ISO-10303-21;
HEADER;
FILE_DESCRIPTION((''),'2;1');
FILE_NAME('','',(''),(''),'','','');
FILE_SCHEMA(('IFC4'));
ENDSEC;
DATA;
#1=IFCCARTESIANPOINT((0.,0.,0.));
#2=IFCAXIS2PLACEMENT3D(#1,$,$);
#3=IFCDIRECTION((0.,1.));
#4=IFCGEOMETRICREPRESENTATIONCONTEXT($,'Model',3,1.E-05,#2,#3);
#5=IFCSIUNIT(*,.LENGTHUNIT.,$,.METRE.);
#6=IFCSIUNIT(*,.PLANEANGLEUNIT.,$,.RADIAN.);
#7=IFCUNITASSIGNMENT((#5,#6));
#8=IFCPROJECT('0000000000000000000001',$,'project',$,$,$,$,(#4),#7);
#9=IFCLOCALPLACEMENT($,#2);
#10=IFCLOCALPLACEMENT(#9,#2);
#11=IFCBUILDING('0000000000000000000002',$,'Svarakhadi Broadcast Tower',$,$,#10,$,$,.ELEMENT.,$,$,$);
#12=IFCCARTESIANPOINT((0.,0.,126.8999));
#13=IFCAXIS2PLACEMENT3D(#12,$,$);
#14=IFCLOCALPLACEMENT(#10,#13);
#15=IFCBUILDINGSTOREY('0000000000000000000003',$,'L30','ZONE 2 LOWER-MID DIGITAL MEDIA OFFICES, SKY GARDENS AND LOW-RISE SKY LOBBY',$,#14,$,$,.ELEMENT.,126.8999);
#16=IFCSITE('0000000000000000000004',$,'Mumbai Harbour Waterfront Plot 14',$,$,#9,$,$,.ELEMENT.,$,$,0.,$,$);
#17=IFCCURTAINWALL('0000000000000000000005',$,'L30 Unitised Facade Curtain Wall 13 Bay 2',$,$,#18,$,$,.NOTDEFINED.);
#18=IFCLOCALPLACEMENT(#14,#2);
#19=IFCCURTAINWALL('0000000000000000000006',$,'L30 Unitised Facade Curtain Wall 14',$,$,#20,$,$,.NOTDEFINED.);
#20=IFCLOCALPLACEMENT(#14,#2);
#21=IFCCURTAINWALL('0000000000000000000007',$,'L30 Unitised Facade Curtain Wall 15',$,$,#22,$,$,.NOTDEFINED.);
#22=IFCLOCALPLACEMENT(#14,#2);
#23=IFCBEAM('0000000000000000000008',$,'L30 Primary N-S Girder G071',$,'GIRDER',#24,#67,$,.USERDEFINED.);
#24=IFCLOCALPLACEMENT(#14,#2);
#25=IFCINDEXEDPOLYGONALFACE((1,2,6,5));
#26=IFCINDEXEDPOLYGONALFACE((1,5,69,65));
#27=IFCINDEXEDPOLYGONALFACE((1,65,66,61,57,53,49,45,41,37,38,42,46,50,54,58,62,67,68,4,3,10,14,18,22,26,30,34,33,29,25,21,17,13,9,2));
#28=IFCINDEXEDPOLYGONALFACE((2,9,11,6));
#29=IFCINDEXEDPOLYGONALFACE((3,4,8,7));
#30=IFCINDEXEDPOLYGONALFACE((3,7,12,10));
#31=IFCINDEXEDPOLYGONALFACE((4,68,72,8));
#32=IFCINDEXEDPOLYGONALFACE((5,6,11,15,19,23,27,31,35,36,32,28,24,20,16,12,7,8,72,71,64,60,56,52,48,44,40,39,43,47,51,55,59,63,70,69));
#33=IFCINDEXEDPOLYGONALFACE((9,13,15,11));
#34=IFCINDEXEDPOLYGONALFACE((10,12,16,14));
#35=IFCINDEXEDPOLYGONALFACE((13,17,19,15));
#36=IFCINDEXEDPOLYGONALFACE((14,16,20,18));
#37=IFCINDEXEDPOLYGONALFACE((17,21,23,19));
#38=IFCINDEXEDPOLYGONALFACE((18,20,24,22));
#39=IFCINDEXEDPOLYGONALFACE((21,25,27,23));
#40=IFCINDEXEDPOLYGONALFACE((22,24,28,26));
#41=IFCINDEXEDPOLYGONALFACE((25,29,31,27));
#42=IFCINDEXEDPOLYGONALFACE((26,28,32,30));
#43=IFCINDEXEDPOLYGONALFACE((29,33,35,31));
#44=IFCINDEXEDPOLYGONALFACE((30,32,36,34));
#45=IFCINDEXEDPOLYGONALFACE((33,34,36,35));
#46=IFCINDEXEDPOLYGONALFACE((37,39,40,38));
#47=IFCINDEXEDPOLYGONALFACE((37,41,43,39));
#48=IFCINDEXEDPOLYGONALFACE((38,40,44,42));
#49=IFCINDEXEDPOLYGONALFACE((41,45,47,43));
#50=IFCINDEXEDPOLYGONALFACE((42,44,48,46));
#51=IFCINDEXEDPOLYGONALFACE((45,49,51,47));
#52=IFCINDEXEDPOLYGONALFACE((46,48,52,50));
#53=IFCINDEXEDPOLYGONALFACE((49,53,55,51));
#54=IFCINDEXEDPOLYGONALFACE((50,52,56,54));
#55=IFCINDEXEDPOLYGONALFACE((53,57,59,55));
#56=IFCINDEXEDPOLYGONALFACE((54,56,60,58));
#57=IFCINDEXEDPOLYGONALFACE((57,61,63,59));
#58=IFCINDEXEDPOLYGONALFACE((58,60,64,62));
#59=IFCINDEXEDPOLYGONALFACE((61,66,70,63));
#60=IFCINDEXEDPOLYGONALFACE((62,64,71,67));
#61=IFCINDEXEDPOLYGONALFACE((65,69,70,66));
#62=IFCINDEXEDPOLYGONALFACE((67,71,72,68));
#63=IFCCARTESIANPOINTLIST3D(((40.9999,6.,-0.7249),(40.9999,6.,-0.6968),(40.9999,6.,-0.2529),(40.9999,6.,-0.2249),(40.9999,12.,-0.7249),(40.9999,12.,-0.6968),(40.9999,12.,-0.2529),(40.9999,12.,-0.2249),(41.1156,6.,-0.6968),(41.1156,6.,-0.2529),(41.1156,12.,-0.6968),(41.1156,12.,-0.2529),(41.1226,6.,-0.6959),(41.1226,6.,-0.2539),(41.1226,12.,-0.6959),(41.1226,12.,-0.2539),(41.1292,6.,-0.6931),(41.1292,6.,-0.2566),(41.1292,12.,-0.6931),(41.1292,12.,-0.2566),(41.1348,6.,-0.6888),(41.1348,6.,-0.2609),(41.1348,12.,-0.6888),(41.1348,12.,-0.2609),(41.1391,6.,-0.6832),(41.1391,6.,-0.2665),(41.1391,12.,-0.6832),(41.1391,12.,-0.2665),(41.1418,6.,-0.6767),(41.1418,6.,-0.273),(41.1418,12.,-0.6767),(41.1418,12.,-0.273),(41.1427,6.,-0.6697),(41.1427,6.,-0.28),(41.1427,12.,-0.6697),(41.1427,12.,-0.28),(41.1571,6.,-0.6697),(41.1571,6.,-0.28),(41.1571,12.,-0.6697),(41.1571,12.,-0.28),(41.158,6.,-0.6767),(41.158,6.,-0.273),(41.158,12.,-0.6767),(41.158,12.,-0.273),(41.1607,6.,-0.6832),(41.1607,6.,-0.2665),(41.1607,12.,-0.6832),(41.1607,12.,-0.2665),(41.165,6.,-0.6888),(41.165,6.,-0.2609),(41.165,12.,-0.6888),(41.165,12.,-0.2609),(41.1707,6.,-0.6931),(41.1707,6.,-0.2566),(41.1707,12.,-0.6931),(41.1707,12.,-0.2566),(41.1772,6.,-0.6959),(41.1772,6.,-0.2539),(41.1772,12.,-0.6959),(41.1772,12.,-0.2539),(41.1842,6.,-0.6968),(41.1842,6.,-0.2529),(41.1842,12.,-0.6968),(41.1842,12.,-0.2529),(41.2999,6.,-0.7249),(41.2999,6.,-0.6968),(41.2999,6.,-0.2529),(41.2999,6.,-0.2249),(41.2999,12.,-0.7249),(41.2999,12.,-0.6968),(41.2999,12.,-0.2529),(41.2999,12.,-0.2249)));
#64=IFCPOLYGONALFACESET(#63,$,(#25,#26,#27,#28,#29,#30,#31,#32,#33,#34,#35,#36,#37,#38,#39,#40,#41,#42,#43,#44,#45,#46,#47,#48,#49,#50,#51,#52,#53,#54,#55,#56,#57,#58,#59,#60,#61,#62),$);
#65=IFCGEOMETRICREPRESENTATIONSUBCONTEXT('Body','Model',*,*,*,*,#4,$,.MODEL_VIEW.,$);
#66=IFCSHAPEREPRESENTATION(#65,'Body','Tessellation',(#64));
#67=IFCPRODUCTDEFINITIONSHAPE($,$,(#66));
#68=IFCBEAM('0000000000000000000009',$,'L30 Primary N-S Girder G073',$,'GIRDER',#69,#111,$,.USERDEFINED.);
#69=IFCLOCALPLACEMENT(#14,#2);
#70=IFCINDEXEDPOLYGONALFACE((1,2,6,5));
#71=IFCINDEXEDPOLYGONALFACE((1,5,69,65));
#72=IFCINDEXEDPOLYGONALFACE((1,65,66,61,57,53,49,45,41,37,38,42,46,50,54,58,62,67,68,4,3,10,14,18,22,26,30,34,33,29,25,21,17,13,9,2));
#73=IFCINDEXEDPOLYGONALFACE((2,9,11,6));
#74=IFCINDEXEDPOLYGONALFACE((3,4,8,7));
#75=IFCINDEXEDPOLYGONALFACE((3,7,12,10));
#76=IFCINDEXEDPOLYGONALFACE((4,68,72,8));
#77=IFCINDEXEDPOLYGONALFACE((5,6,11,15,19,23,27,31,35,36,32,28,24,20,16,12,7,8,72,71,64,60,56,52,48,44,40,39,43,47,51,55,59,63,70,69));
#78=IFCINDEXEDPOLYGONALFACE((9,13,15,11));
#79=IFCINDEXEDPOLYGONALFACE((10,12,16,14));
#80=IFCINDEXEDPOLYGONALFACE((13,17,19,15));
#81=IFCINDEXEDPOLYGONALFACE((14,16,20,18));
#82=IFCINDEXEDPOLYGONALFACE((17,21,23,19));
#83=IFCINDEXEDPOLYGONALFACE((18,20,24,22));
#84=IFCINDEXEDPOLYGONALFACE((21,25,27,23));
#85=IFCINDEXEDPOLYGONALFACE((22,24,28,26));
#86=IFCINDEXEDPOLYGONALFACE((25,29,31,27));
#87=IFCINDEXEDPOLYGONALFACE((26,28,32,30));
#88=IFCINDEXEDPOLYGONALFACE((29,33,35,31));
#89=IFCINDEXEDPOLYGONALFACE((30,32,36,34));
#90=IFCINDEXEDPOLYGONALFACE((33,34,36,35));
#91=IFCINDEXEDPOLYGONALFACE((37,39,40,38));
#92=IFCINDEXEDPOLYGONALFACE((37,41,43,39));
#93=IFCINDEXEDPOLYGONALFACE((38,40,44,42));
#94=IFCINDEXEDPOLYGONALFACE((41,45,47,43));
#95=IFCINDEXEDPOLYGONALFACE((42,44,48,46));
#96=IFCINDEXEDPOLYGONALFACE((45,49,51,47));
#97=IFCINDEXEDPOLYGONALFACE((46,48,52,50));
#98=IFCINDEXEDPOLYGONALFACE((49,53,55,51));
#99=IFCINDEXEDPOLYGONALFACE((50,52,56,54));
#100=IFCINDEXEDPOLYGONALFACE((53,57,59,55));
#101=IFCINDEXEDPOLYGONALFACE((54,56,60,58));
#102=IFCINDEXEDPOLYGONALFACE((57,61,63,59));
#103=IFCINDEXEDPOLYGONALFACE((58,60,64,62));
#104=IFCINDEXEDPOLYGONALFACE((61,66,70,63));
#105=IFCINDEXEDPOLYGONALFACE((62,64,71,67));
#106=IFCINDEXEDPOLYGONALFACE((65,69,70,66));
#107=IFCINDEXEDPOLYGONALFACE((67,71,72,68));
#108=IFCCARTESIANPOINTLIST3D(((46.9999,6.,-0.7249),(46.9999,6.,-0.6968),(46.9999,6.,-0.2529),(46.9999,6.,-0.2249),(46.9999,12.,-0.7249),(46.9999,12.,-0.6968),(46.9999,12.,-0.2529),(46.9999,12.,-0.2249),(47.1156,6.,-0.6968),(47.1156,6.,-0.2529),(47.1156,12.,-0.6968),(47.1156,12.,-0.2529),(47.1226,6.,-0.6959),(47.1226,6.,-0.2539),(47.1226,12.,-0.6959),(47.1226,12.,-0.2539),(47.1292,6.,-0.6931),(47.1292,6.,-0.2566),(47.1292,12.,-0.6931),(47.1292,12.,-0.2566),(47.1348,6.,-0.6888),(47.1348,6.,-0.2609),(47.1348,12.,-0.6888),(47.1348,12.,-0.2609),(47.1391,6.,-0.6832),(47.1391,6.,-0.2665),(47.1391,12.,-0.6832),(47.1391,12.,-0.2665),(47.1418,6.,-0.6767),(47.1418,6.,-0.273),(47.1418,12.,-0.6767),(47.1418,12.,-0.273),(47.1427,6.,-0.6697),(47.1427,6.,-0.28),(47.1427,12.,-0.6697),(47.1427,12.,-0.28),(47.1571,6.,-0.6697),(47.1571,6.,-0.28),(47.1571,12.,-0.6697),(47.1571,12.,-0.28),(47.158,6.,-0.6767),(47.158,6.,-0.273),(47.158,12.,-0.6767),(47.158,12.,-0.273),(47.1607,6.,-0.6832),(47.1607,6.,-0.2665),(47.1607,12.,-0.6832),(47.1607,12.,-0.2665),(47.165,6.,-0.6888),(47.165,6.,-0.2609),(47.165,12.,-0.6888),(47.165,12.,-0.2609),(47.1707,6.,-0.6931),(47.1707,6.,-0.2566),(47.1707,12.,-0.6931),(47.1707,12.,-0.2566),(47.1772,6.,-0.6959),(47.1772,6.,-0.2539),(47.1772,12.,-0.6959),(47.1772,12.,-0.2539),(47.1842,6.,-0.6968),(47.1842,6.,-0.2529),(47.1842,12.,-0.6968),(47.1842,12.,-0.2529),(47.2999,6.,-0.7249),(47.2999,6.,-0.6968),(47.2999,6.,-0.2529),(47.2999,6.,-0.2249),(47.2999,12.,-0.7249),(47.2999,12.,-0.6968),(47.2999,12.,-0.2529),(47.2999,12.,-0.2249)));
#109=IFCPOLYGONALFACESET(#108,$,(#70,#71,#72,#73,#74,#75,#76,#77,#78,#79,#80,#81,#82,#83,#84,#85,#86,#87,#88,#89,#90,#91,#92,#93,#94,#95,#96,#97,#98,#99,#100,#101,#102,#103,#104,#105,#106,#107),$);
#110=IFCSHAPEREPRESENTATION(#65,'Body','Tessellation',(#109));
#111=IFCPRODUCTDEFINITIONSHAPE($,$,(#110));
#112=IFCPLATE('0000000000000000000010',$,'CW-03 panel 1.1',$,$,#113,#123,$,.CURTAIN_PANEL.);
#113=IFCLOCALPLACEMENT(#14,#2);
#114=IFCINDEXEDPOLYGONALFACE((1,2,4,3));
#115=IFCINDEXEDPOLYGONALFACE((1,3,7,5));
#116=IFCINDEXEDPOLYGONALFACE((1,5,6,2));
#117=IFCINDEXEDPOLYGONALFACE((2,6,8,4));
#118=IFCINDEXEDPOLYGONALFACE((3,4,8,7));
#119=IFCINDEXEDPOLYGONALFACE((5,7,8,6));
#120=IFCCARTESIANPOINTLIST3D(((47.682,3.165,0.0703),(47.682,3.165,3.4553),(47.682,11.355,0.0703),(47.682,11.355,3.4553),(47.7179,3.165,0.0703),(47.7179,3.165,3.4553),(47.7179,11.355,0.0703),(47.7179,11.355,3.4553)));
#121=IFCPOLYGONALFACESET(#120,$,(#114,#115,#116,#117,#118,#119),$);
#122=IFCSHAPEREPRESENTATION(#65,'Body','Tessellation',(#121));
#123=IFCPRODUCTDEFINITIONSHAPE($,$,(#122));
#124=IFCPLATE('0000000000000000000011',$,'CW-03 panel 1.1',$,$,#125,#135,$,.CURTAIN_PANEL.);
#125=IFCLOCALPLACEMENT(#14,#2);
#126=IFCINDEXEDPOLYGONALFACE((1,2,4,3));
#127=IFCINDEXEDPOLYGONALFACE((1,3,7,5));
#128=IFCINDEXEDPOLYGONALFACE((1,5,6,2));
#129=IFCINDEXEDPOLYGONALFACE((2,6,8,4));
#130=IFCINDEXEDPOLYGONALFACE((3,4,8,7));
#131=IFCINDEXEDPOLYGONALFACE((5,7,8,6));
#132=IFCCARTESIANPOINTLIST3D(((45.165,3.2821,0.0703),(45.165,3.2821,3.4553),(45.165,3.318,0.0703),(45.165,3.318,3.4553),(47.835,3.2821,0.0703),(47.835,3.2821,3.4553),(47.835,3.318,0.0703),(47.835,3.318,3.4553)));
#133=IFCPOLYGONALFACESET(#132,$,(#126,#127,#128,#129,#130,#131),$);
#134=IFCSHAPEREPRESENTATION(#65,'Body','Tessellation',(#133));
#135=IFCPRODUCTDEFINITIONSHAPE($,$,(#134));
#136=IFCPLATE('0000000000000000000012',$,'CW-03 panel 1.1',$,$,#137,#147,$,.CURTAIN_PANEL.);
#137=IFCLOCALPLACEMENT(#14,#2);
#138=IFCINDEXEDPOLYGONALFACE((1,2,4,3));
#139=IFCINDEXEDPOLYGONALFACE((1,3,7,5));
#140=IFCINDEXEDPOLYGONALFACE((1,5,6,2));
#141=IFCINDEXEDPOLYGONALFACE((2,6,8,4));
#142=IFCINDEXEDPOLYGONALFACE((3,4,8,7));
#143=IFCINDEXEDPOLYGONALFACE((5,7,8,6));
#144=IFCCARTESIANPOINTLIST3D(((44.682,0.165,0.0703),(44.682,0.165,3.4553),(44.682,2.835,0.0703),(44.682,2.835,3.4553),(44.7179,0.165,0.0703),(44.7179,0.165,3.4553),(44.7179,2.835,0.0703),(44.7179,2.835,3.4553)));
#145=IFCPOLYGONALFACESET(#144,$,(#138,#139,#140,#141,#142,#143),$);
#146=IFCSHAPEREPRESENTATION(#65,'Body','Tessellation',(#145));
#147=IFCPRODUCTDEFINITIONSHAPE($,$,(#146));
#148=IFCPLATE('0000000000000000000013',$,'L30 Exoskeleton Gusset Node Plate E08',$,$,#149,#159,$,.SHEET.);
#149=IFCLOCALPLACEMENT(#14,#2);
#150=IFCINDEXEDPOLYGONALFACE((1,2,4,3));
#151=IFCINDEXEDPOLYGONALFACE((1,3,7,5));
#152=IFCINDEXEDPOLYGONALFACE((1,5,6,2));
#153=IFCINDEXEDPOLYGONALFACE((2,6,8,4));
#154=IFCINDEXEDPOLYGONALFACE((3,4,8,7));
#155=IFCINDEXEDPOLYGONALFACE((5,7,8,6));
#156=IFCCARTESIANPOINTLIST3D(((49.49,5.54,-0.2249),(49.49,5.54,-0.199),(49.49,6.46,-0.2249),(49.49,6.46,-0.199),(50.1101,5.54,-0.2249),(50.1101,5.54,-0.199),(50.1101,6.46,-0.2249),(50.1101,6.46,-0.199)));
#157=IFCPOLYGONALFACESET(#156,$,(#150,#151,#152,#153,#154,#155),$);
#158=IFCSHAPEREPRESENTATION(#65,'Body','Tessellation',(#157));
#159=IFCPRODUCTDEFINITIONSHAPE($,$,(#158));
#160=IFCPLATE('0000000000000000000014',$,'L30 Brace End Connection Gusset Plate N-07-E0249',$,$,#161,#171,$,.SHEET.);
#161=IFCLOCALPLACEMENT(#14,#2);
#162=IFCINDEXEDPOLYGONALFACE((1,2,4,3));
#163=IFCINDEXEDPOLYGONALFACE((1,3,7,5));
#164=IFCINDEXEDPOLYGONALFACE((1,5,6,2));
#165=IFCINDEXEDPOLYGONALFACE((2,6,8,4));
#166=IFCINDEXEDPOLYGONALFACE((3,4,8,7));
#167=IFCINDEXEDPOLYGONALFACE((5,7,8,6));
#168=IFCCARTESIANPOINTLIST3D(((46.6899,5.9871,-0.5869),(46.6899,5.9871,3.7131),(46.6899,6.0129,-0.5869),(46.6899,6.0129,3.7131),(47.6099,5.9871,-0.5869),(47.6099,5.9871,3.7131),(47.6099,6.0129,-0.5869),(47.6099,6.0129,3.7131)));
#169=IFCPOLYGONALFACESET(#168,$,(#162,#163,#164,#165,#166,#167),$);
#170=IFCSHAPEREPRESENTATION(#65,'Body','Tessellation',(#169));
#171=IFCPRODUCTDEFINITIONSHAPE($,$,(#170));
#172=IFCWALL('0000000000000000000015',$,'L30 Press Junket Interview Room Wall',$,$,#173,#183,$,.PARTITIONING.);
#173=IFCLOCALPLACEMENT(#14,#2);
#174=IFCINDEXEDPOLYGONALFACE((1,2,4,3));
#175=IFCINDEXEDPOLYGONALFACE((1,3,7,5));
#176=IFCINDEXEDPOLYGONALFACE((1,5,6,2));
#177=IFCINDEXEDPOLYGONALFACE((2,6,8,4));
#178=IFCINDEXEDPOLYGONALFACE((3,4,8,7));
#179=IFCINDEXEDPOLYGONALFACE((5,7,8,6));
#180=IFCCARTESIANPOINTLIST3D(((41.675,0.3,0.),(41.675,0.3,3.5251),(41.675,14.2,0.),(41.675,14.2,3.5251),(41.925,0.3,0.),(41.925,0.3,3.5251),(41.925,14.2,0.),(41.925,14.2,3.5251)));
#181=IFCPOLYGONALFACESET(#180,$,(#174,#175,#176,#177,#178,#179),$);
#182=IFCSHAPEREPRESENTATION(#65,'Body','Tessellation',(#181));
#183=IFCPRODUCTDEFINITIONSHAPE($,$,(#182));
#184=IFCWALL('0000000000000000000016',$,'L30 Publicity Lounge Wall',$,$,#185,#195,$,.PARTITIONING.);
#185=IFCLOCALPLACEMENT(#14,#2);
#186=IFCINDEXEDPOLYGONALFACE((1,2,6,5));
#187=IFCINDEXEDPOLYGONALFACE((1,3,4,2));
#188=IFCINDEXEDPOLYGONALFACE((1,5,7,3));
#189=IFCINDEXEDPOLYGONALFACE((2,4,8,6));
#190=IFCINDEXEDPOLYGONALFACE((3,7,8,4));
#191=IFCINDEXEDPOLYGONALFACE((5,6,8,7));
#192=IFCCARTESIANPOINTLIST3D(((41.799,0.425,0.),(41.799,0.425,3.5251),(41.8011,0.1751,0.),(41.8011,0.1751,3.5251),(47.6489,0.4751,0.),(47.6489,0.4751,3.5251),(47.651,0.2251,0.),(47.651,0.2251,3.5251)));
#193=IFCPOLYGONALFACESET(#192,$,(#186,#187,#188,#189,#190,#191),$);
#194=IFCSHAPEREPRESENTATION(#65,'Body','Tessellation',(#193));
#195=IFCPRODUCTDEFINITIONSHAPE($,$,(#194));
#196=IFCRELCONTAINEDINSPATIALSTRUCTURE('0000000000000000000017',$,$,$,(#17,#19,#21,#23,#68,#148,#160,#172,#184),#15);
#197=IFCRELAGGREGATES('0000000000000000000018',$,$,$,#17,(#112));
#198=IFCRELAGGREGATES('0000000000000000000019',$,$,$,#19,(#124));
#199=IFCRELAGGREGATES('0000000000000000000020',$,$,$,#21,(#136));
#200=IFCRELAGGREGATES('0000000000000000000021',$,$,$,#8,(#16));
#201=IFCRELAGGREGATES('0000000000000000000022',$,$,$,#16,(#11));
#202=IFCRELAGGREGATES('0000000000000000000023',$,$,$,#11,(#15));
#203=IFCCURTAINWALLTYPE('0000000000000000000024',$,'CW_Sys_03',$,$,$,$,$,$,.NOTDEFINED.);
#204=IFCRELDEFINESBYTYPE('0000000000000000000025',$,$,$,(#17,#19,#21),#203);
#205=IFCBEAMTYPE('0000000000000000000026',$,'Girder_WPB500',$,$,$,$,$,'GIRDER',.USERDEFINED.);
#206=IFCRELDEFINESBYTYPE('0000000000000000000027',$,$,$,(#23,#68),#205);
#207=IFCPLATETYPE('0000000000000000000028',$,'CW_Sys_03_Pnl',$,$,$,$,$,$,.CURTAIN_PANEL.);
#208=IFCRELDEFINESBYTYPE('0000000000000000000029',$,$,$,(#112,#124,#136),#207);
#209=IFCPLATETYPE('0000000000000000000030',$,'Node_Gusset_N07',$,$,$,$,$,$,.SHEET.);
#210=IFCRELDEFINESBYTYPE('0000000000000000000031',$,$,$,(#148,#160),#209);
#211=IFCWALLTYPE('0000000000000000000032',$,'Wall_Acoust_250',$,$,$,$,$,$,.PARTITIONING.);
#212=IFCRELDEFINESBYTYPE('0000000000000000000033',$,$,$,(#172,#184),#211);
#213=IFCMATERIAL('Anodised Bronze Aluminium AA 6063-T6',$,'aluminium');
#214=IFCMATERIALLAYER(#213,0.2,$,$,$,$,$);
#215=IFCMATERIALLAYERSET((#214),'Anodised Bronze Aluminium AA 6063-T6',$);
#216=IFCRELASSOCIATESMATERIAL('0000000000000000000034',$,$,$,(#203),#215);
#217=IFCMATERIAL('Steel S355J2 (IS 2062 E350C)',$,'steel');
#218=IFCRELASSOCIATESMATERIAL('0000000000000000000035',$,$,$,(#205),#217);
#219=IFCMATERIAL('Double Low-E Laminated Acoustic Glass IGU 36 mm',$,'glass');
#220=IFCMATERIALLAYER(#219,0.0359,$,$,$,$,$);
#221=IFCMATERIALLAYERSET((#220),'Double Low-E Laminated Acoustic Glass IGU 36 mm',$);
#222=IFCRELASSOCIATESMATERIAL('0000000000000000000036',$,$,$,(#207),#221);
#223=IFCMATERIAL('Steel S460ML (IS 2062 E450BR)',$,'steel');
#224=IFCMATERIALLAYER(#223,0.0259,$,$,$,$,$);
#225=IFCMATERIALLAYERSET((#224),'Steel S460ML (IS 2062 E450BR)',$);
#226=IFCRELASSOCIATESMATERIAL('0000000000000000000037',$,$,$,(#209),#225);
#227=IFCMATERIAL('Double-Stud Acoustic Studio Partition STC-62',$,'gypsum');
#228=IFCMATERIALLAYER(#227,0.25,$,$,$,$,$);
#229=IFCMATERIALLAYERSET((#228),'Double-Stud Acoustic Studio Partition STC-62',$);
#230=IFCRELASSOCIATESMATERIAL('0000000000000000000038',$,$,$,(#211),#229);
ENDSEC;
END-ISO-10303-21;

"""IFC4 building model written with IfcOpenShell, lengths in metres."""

from ifc_helpers import new_model, si_unit, direction, frame, frame_2d, origin, origin_2d, place, context, subcontext, project, spatial, rectangle, i_section, extrude, material, layer, layer_set, material_profile, profile_set, type_object, element, aggregate, save


model = new_model("IFC4")

# Units and contexts
model_context = context("Model", 3, precision=1e-05, world=origin(), true_north=direction((0.0, 1.0)))
body_context = subcontext(model_context, "Body", "Model", "MODEL_VIEW")
ifc_project = project(units=[si_unit("LENGTHUNIT", "METRE"), si_unit("PLANEANGLEUNIT", "RADIAN")], contexts=[model_context])

# Site, building, storey
site_placement = place(None, origin())
site = spatial("IfcSite", under=ifc_project, at=site_placement, Name="Mumbai Harbour Waterfront Plot 14", CompositionType="ELEMENT", RefElevation=0.0)
building_placement = place(site_placement, origin())
building = spatial("IfcBuilding", under=site, at=building_placement, Name="Svarakhadi Broadcast Tower", CompositionType="ELEMENT")
storey_placement = place(building_placement, frame((0.0, 0.0, 126.8999)))
storey = spatial("IfcBuildingStorey", under=building, at=storey_placement, Name="L30", Description="ZONE 2 LOWER-MID DIGITAL MEDIA OFFICES, SKY GARDENS AND LOW-RISE SKY LOBBY", CompositionType="ELEMENT", Elevation=126.8999)

# Shared definitions
ifc_material_1 = material(Name="Steel S460ML (IS 2062 E450BR)", Category="steel")

# Shared definitions
ifc_material_2 = material(Name="Steel S355J2 (IS 2062 E350C)", Category="steel")

# Curtain walls
ifc_material_3 = material(Name="Anodised Bronze Aluminium AA 6063-T6", Category="aluminium")
ifc_layer_1 = layer(ifc_material_3, 0.2)
ifc_layer_set_1 = layer_set([ifc_layer_1], Name="Anodised Bronze Aluminium AA 6063-T6")
curtain_wall_type = type_object("IfcCurtainWallType", Name="CW_Sys_03", PredefinedType="NOTDEFINED", material=ifc_layer_set_1)
curtain_wall_1_placement = place(storey_placement, origin())
curtain_wall_1 = element("IfcCurtainWall", 1, at=curtain_wall_1_placement, inside=storey, type_object=curtain_wall_type, Name="L30 Unitised Facade Curtain Wall 13 Bay 2", PredefinedType="NOTDEFINED")
curtain_wall_2_placement = place(storey_placement, origin())
curtain_wall_2 = element("IfcCurtainWall", 2, at=curtain_wall_2_placement, inside=storey, type_object=curtain_wall_type, Name="L30 Unitised Facade Curtain Wall 14", PredefinedType="NOTDEFINED")
curtain_wall_3_placement = place(storey_placement, origin())
curtain_wall_3 = element("IfcCurtainWall", 3, at=curtain_wall_3_placement, inside=storey, type_object=curtain_wall_type, Name="L30 Unitised Facade Curtain Wall 15", PredefinedType="NOTDEFINED")

# Beams
ifc_material_profile_1 = material_profile(ifc_material_2, i_section(OverallWidth=0.3, OverallDepth=0.5, WebThickness=0.0144, FlangeThickness=0.0281, FilletRadius=0.0271, at=origin_2d()), Name="WPB 500x300x187")
ifc_profile_set_1 = profile_set([ifc_material_profile_1], Name="Steel S355J2 (IS 2062 E350C)")
beam_type_1 = type_object("IfcBeamType", Name="Girder_WPB500", ElementType="GIRDER", PredefinedType="USERDEFINED", material=ifc_profile_set_1)
for number, where, z_axis, x_axis, name in (
    (4, (41.1499, 6.0, -0.4749), (0.0, 1.0, 0.0), (-1.0, 0.0, 0.0), "L30 Primary N-S Girder G071"),
    (5, (47.1499, 6.0, -0.4749), (0.0, 1.0, 0.0), (-1.0, 0.0, 0.0), "L30 Primary N-S Girder G073"),
):
    element("IfcBeam", number, at=place(storey_placement, frame(where, z_axis=z_axis, x_axis=x_axis)), inside=storey, type_object=beam_type_1, Name=name, ObjectType="GIRDER", PredefinedType="USERDEFINED", context=body_context, shape_type="SweptSolid", body=[
        extrude(i_section(OverallWidth=0.3, OverallDepth=0.5, WebThickness=0.0144, FlangeThickness=0.0281, FilletRadius=0.0271, at=origin_2d()), origin(), (0.0, 0.0, 1.0), 6.0),
    ])

# Plates
ifc_material_4 = material(Name="Double Low-E Laminated Acoustic Glass IGU 36 mm", Category="glass")
ifc_layer_2 = layer(ifc_material_4, 0.0359)
ifc_layer_set_2 = layer_set([ifc_layer_2], Name="Double Low-E Laminated Acoustic Glass IGU 36 mm")
plate_type_1 = type_object("IfcPlateType", Name="CW_Sys_03_Pnl", PredefinedType="CURTAIN_PANEL", material=ifc_layer_set_2)
plate_1_placement = place(storey_placement, frame((47.7, 7.26, 0.0703), z_axis=(0.0, 0.0, 1.0), x_axis=(0.0, -1.0, 0.0)))
plate_1 = element("IfcPlate", 6, at=plate_1_placement, type_object=plate_type_1, Name="CW-03 panel 1.1", PredefinedType="CURTAIN_PANEL", context=body_context, shape_type="SweptSolid", body=[
    extrude(rectangle(XDim=8.1899, YDim=0.0359, at=origin_2d()), origin(), (0.0, 0.0, 1.0), 3.385),
])
aggregate(curtain_wall_1, [plate_1])
plate_2_placement = place(storey_placement, frame((46.5, 3.3, 0.0703), z_axis=(0.0, 0.0, 1.0), x_axis=(-1.0, 0.0, 0.0)))
plate_2 = element("IfcPlate", 7, at=plate_2_placement, type_object=plate_type_1, Name="CW-03 panel 1.1", PredefinedType="CURTAIN_PANEL", context=body_context, shape_type="SweptSolid", body=[
    extrude(rectangle(XDim=2.6699, YDim=0.0359, at=origin_2d()), origin(), (0.0, 0.0, 1.0), 3.385),
])
aggregate(curtain_wall_2, [plate_2])
plate_3_placement = place(storey_placement, frame((44.7, 1.5, 0.0703), z_axis=(0.0, 0.0, 1.0), x_axis=(0.0, -1.0, 0.0)))
plate_3 = element("IfcPlate", 8, at=plate_3_placement, type_object=plate_type_1, Name="CW-03 panel 1.1", PredefinedType="CURTAIN_PANEL", context=body_context, shape_type="SweptSolid", body=[
    extrude(rectangle(XDim=2.6699, YDim=0.0359, at=origin_2d()), origin(), (0.0, 0.0, 1.0), 3.385),
])
aggregate(curtain_wall_3, [plate_3])

# Plates
ifc_layer_3 = layer(ifc_material_1, 0.0259)
ifc_layer_set_3 = layer_set([ifc_layer_3], Name="Steel S460ML (IS 2062 E450BR)")
plate_type_2 = type_object("IfcPlateType", Name="Node_Gusset_N07", PredefinedType="SHEET", material=ifc_layer_set_3)
plate_4_placement = place(storey_placement, frame((49.8, 6.0, -0.2249), z_axis=(0.0, 0.0, 1.0), x_axis=(0.0, 1.0, 0.0)))
element("IfcPlate", 9, at=plate_4_placement, inside=storey, type_object=plate_type_2, Name="L30 Exoskeleton Gusset Node Plate E08", PredefinedType="SHEET", context=body_context, shape_type="SweptSolid", body=[
    extrude(rectangle(XDim=0.9199, YDim=0.6201, at=origin_2d()), origin(), (0.0, 0.0, 1.0), 0.0259),
])
plate_5_placement = place(storey_placement, frame((47.1499, 6.0, -0.5869), z_axis=(0.0, 0.0, 1.0), x_axis=(1.0, 0.0, 0.0)))
element("IfcPlate", 10, at=plate_5_placement, inside=storey, type_object=plate_type_2, Name="L30 Brace End Connection Gusset Plate N-07-E0249", PredefinedType="SHEET", context=body_context, shape_type="SweptSolid", body=[
    extrude(rectangle(XDim=0.9199, YDim=0.0259, at=origin_2d()), origin(), (0.0, 0.0, 1.0), 4.3),
])

# Walls
ifc_material_5 = material(Name="Double-Stud Acoustic Studio Partition STC-62", Category="gypsum")
ifc_layer_4 = layer(ifc_material_5, 0.25)
ifc_layer_set_4 = layer_set([ifc_layer_4], Name="Double-Stud Acoustic Studio Partition STC-62")
wall_type = type_object("IfcWallType", Name="Wall_Acoust_250", PredefinedType="PARTITIONING", material=ifc_layer_set_4)
wall_1_placement = place(storey_placement, frame((41.8, 0.3, 0.0), z_axis=(0.0, 0.0, 1.0), x_axis=(0.0, 1.0, 0.0)))
element("IfcWall", 11, at=wall_1_placement, inside=storey, type_object=wall_type, Name="L30 Press Junket Interview Room Wall", PredefinedType="PARTITIONING", context=body_context, shape_type="SweptSolid", body=[
    extrude(rectangle(XDim=13.8999, YDim=0.25, at=frame_2d((6.95, 0.0))), origin(), (0.0, 0.0, 1.0), 3.5251),
])
wall_2_placement = place(storey_placement, frame((41.8, 0.3, 0.0), z_axis=(0.0, 0.0, 1.0), x_axis=(0.999963, 0.008555, 0.0)))
element("IfcWall", 12, at=wall_2_placement, inside=storey, type_object=wall_type, Name="L30 Publicity Lounge Wall", PredefinedType="PARTITIONING", context=body_context, shape_type="SweptSolid", body=[
    extrude(rectangle(XDim=5.8501, YDim=0.25, at=frame_2d((2.925, 0.0))), origin(), (0.0, 0.0, 1.0), 3.5251),
])

save(model, "model.ifc")
